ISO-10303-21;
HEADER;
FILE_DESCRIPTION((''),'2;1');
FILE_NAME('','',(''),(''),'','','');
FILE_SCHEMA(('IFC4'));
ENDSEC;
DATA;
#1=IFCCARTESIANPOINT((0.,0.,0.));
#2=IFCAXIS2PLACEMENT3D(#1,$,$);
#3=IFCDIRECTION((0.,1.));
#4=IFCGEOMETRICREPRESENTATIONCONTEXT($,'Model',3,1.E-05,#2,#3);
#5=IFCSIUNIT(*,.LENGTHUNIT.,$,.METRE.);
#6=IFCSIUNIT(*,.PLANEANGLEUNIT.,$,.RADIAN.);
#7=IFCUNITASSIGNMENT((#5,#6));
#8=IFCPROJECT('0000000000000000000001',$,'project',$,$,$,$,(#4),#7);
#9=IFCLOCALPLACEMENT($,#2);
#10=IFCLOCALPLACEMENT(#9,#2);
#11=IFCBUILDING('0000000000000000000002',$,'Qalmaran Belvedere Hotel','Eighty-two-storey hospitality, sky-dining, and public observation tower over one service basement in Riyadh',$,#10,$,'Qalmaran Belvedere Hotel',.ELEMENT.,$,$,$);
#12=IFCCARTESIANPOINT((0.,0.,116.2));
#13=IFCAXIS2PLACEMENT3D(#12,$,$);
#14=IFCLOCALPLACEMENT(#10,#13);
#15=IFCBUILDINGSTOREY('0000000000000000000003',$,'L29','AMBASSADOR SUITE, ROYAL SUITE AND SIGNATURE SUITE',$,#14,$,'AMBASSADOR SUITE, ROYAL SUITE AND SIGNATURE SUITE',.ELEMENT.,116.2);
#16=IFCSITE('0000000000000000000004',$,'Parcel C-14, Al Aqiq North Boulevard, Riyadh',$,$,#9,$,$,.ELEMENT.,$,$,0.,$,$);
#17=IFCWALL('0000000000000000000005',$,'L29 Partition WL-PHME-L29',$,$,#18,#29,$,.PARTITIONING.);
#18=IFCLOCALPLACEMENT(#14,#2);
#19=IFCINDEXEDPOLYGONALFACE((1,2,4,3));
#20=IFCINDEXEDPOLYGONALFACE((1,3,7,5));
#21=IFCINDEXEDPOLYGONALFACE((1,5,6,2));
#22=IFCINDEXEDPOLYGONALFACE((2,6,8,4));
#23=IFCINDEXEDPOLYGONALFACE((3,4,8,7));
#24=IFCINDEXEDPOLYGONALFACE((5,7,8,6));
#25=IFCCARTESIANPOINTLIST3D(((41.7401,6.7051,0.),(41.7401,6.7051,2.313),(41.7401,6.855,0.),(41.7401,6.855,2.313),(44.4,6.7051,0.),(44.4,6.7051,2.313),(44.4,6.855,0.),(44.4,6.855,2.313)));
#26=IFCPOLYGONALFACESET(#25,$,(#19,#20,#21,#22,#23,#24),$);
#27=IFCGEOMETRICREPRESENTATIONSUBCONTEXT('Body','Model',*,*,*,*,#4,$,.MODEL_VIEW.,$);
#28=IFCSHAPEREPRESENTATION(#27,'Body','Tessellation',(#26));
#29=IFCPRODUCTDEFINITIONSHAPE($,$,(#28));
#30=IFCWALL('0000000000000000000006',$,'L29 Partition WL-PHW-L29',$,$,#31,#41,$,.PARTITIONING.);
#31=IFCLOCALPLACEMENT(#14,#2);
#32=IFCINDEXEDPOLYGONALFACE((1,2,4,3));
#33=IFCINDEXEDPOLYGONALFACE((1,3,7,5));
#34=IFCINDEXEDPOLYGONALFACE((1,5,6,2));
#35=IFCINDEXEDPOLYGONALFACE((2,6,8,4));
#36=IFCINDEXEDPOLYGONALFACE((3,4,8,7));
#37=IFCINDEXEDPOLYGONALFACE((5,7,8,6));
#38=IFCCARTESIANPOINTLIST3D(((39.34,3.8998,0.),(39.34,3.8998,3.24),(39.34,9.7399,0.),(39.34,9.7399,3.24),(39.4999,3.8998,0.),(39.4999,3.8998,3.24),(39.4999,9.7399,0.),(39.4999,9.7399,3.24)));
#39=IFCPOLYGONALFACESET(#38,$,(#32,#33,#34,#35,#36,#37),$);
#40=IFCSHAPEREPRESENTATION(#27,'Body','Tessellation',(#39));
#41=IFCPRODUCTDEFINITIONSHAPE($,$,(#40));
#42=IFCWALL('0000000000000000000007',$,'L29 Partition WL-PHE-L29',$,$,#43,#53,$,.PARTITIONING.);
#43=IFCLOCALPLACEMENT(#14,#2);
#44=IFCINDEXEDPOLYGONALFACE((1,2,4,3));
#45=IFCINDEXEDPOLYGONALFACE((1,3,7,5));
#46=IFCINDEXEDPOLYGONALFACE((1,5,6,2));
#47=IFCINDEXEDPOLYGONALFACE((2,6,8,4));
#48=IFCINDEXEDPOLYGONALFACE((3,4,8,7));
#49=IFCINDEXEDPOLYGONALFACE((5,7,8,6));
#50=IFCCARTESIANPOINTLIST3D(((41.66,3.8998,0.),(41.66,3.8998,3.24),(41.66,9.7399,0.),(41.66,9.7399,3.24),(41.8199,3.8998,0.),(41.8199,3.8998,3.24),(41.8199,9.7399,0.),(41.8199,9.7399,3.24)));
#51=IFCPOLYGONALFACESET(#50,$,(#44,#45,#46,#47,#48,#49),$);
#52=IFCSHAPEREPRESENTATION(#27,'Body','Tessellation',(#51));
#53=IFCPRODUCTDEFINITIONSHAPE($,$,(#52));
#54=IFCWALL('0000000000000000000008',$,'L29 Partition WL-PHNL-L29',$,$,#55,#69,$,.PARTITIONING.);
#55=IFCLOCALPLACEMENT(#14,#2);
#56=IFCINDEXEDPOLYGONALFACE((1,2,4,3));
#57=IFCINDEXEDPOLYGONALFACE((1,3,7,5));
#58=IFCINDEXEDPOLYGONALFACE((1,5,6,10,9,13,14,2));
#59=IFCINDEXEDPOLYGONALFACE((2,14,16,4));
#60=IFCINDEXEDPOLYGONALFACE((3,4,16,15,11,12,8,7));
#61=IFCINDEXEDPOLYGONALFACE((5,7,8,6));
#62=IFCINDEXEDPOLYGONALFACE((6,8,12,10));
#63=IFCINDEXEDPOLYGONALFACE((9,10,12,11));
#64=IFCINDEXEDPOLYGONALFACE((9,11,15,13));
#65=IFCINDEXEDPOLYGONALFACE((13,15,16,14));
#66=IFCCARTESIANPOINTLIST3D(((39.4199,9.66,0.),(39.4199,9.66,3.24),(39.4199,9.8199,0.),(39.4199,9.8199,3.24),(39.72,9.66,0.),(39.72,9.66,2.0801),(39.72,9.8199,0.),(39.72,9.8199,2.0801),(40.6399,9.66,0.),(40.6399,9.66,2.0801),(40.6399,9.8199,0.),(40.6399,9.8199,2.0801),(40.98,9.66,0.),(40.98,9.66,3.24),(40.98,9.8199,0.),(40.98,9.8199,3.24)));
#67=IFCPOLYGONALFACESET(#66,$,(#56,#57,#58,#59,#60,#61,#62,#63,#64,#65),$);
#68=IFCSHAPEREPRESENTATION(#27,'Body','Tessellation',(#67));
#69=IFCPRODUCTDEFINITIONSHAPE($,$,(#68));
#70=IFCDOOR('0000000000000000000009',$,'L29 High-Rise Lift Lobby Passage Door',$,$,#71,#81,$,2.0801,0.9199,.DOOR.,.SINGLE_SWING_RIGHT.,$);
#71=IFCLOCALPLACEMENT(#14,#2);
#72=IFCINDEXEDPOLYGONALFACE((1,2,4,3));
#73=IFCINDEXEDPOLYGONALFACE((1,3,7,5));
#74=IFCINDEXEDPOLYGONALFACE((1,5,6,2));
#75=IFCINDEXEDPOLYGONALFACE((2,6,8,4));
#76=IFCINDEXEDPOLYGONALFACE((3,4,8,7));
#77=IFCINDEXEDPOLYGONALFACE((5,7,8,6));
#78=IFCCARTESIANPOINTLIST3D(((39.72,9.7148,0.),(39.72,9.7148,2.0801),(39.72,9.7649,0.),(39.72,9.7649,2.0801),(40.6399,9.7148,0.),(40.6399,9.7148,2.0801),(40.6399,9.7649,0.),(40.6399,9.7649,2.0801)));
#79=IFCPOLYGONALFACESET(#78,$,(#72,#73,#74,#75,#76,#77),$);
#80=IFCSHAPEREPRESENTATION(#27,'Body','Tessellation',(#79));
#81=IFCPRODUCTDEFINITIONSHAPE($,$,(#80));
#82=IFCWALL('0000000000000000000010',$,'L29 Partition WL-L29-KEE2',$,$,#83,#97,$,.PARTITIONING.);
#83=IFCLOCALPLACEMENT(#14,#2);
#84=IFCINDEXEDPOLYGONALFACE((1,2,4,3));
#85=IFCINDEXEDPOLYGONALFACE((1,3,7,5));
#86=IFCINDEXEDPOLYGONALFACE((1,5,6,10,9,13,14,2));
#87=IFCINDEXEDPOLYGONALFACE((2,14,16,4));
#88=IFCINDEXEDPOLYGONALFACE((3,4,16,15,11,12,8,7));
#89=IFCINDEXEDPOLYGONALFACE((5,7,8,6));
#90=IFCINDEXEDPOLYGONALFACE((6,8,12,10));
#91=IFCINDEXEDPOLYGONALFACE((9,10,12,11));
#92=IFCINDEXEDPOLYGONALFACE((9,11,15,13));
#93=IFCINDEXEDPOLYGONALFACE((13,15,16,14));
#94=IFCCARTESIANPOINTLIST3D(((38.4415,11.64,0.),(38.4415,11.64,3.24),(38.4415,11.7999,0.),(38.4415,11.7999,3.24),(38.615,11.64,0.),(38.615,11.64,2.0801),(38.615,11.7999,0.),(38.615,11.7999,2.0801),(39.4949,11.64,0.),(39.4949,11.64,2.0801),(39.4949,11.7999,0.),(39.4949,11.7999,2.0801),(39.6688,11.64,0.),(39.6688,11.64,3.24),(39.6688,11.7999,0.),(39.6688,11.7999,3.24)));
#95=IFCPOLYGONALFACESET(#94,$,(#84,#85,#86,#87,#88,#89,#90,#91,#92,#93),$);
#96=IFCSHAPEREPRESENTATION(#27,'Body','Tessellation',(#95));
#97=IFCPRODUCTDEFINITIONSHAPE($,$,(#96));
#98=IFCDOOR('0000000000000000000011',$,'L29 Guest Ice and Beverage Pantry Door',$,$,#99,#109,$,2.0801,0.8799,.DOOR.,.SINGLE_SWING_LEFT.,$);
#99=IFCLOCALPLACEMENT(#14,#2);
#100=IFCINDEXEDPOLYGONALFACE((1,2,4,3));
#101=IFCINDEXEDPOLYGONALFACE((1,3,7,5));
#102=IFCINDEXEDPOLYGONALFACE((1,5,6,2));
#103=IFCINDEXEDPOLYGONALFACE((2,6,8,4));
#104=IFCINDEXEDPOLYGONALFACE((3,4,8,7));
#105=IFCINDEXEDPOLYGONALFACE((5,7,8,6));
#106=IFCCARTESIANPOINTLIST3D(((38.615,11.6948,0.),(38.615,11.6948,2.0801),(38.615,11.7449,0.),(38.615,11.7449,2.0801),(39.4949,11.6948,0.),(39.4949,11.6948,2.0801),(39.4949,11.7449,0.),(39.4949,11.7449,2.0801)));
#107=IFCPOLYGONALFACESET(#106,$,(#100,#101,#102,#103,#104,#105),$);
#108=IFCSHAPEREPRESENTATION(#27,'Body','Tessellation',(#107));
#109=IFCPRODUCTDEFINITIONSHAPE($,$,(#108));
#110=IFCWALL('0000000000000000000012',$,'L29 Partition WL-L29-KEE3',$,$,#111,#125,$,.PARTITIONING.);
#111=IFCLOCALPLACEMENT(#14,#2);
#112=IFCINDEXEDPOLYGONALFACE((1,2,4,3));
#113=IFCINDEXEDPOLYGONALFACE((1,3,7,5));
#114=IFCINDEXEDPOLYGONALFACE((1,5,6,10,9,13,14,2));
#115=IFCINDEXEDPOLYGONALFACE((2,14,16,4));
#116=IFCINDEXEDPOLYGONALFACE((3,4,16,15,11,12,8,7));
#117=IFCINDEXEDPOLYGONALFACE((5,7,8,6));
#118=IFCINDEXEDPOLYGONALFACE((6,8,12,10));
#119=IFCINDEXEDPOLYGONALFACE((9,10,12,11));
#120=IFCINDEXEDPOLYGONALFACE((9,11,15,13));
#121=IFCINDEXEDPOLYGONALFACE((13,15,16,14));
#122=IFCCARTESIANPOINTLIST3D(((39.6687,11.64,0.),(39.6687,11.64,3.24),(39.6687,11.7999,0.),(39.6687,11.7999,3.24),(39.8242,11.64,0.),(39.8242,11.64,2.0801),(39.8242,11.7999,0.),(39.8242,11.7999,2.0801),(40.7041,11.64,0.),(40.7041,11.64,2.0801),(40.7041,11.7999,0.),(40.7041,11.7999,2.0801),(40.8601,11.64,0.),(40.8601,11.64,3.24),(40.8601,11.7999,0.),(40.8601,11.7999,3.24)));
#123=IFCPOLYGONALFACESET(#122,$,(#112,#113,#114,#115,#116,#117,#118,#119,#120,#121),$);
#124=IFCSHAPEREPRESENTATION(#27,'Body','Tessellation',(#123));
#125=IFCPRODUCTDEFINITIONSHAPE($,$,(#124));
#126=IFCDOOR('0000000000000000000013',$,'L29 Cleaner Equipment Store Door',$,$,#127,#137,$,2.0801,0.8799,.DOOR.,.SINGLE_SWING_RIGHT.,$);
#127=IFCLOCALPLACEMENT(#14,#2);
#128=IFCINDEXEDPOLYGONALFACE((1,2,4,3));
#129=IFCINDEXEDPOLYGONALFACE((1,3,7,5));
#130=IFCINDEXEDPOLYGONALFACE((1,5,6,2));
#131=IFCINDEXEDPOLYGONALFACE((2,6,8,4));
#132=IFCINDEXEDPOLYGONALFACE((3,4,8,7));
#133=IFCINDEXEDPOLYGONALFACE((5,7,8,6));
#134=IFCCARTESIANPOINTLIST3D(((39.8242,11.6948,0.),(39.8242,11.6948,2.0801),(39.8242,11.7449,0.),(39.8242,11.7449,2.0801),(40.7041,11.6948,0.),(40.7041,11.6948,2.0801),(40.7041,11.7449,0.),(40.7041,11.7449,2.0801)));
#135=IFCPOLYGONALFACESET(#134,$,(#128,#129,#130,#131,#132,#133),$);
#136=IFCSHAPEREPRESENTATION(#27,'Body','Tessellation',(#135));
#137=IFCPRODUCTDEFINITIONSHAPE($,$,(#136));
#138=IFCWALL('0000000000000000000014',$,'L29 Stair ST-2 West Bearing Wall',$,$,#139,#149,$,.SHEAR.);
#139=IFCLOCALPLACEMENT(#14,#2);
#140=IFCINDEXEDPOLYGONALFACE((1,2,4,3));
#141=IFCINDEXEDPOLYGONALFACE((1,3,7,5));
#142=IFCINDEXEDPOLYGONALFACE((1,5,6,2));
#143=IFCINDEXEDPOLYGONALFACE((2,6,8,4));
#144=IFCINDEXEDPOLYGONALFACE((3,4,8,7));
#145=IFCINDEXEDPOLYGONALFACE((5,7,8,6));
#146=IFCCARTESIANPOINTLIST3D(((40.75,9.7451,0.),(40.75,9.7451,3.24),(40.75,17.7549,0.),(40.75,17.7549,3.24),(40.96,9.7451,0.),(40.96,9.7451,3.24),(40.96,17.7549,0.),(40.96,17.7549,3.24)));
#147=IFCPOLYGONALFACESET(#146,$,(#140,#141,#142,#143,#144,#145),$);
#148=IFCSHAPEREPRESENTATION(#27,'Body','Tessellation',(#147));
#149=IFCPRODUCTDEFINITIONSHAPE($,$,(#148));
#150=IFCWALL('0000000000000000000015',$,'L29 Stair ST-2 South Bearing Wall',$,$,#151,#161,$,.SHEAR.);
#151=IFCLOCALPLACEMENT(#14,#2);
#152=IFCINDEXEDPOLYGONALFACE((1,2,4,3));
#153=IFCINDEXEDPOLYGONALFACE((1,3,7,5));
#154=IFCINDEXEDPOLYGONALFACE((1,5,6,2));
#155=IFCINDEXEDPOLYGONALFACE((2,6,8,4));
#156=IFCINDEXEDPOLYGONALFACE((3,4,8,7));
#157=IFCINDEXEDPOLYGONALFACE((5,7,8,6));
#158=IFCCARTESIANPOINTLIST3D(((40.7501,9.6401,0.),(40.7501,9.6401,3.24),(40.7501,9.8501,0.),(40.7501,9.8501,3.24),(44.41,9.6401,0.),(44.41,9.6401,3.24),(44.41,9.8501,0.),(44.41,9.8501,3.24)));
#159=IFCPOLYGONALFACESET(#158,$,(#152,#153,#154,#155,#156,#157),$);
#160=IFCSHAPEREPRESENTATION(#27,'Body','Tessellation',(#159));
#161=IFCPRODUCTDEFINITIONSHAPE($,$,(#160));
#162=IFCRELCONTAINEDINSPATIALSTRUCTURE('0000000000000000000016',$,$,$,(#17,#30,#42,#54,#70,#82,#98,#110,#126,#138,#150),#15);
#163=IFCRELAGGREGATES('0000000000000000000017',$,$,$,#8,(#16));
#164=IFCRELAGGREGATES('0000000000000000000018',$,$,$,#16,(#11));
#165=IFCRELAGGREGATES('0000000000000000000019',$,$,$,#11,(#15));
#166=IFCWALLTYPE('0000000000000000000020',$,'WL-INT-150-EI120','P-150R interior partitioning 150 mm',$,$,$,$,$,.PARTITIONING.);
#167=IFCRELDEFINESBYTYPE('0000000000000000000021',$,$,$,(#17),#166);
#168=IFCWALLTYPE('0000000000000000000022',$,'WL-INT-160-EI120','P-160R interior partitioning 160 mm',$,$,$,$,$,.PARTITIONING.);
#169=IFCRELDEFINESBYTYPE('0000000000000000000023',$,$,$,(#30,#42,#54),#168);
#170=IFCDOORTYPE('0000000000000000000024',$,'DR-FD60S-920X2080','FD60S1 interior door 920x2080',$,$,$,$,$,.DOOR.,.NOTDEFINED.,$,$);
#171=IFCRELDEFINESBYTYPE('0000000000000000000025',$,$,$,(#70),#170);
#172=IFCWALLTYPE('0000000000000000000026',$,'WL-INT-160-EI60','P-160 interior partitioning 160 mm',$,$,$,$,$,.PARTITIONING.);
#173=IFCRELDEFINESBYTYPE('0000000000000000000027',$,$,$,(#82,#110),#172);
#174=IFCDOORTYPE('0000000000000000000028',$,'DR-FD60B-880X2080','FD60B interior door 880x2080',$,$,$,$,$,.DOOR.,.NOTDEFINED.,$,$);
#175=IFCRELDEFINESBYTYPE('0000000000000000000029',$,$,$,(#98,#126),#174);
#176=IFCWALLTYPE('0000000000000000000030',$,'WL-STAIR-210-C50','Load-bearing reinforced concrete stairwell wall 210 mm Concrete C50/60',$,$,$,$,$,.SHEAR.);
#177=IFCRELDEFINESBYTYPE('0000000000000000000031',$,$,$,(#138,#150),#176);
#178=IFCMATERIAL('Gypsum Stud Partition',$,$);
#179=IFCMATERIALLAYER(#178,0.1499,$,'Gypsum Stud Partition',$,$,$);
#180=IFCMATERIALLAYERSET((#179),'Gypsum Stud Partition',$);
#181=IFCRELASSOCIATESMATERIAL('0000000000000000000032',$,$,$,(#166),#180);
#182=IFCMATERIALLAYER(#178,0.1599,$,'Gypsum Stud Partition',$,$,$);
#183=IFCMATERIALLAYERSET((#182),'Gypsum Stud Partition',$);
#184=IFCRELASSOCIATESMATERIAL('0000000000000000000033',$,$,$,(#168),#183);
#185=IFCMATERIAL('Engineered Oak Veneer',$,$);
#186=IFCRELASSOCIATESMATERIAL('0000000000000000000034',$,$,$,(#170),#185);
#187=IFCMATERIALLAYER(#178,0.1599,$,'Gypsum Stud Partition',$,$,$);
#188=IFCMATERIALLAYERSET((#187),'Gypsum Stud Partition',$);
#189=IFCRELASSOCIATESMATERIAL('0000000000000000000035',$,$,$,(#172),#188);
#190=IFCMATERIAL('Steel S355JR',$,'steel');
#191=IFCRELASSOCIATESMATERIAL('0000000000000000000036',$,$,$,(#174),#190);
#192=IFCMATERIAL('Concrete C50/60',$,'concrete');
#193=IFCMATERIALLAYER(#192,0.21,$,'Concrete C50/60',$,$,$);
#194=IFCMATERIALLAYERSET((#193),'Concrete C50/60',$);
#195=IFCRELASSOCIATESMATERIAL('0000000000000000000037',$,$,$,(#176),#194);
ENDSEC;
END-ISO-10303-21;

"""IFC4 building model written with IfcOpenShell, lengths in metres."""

from ifc_helpers import new_model, si_unit, direction, frame, frame_2d, origin, place, context, subcontext, project, spatial, rectangle, extrude, material, layer, layer_set, type_object, element, fill, save


model = new_model("IFC4")

# Units and contexts
model_context = context("Model", 3, precision=1e-05, world=origin(), true_north=direction((0.0, 1.0)))
body_context = subcontext(model_context, "Body", "Model", "MODEL_VIEW")
ifc_project = project(units=[si_unit("LENGTHUNIT", "METRE"), si_unit("PLANEANGLEUNIT", "RADIAN")], contexts=[model_context])

# Site, building, storey
site_placement = place(None, origin())
site = spatial("IfcSite", under=ifc_project, at=site_placement, Name="Parcel C-14, Al Aqiq North Boulevard, Riyadh", CompositionType="ELEMENT", RefElevation=0.0)
building_placement = place(site_placement, origin())
building = spatial("IfcBuilding", under=site, at=building_placement, Name="Qalmaran Belvedere Hotel", Description="Eighty-two-storey hospitality, sky-dining, and public observation tower over one service basement in Riyadh", LongName="Qalmaran Belvedere Hotel", CompositionType="ELEMENT")
storey_placement = place(building_placement, frame((0.0, 0.0, 116.2)))
storey = spatial("IfcBuildingStorey", under=building, at=storey_placement, Name="L29", Description="AMBASSADOR SUITE, ROYAL SUITE AND SIGNATURE SUITE", LongName="AMBASSADOR SUITE, ROYAL SUITE AND SIGNATURE SUITE", CompositionType="ELEMENT", Elevation=116.2)

# Walls
ifc_material_1 = material(Name="Gypsum Stud Partition")
ifc_layer_1 = layer(ifc_material_1, 0.1499, Name="Gypsum Stud Partition")
ifc_layer_set_1 = layer_set([ifc_layer_1], Name="Gypsum Stud Partition")
wall_type_1 = type_object("IfcWallType", Name="WL-INT-150-EI120", Description="P-150R interior partitioning 150 mm", PredefinedType="PARTITIONING", material=ifc_layer_set_1)
wall_1_placement = place(storey_placement, frame((41.74, 6.78, 0.0), z_axis=(0.0, 0.0, 1.0), x_axis=(1.0, 0.0, 0.0)))
element("IfcWall", 1, at=wall_1_placement, inside=storey, type_object=wall_type_1, Name="L29 Partition WL-PHME-L29", PredefinedType="PARTITIONING", context=body_context, shape_type="SweptSolid", body=[
    extrude(rectangle(XDim=2.6599, YDim=0.1499, at=frame_2d((1.3301, 0.0))), origin(), (0.0, 0.0, 1.0), 2.313),
])
ifc_layer_2 = layer(ifc_material_1, 0.1599, Name="Gypsum Stud Partition")
ifc_layer_set_2 = layer_set([ifc_layer_2], Name="Gypsum Stud Partition")
wall_type_2 = type_object("IfcWallType", Name="WL-INT-160-EI120", Description="P-160R interior partitioning 160 mm", PredefinedType="PARTITIONING", material=ifc_layer_set_2)
for number, where, z_axis, x_axis, name in (
    (2, (39.4199, 3.8999, 0.0), (0.0, 0.0, 1.0), (0.0, 1.0, 0.0), "L29 Partition WL-PHW-L29"),
    (3, (41.74, 3.8999, 0.0), (0.0, 0.0, 1.0), (0.0, 1.0, 0.0), "L29 Partition WL-PHE-L29"),
):
    element("IfcWall", number, at=place(storey_placement, frame(where, z_axis=z_axis, x_axis=x_axis)), inside=storey, type_object=wall_type_2, Name=name, PredefinedType="PARTITIONING", context=body_context, shape_type="SweptSolid", body=[
        extrude(rectangle(XDim=5.8401, YDim=0.1599, at=frame_2d((2.9199, 0.0))), origin(), (0.0, 0.0, 1.0), 3.24),
    ])

# Walls, openings, doors
wall_2_placement = place(storey_placement, frame((39.4199, 9.74, 0.0), z_axis=(0.0, 0.0, 1.0), x_axis=(1.0, 0.0, 0.0)))
wall_2 = element("IfcWall", 4, at=wall_2_placement, inside=storey, type_object=wall_type_2, Name="L29 Partition WL-PHNL-L29", PredefinedType="PARTITIONING", context=body_context, shape_type="SweptSolid", body=[
    extrude(rectangle(XDim=1.5601, YDim=0.1599, at=frame_2d((0.78, 0.0))), origin(), (0.0, 0.0, 1.0), 3.24),
])
opening_1_placement = place(wall_2_placement, frame((0.3, 0.0, 0.0)))
opening_1 = element("IfcOpeningElement", 5, at=opening_1_placement, cuts=wall_2, PredefinedType="OPENING", context=body_context, shape_type="SweptSolid", body=[
    extrude(rectangle(XDim=0.9199, YDim=2.0801, at=frame_2d((0.46, 1.04))), frame((0.0, 0.0898, 0.0), z_axis=(0.0, -1.0, 0.0), x_axis=(1.0, 0.0, 0.0)), (0.0, 0.0, 1.0), 0.1799),
])
ifc_material_2 = material(Name="Engineered Oak Veneer")
door_type_1 = type_object("IfcDoorType", Name="DR-FD60S-920X2080", Description="FD60S1 interior door 920x2080", OperationType="NOTDEFINED", PredefinedType="DOOR", material=ifc_material_2)
door_1_placement = place(opening_1_placement, origin())
door_1 = element("IfcDoor", 6, at=door_1_placement, inside=storey, type_object=door_type_1, Name="L29 High-Rise Lift Lobby Passage Door", OperationType="SINGLE_SWING_RIGHT", OverallHeight=2.0801, OverallWidth=0.9199, PredefinedType="DOOR", context=body_context, shape_type="SweptSolid", body=[
    extrude(rectangle(XDim=0.9199, YDim=2.0801, at=frame_2d((0.46, 1.04))), frame((0.0, 0.0249, 0.0), z_axis=(0.0, -1.0, 0.0), x_axis=(1.0, 0.0, 0.0)), (0.0, 0.0, 1.0), 0.05),
])
fill(opening_1, door_1)
ifc_layer_3 = layer(ifc_material_1, 0.1599, Name="Gypsum Stud Partition")
ifc_layer_set_3 = layer_set([ifc_layer_3], Name="Gypsum Stud Partition")
wall_type_3 = type_object("IfcWallType", Name="WL-INT-160-EI60", Description="P-160 interior partitioning 160 mm", PredefinedType="PARTITIONING", material=ifc_layer_set_3)
wall_3_placement = place(storey_placement, frame((38.4414, 11.72, 0.0), z_axis=(0.0, 0.0, 1.0), x_axis=(1.0, 0.0, 0.0)))
wall_3 = element("IfcWall", 7, at=wall_3_placement, inside=storey, type_object=wall_type_3, Name="L29 Partition WL-L29-KEE2", PredefinedType="PARTITIONING", context=body_context, shape_type="SweptSolid", body=[
    extrude(rectangle(XDim=1.2273, YDim=0.1599, at=frame_2d((0.6138, 0.0))), origin(), (0.0, 0.0, 1.0), 3.24),
])
opening_2_placement = place(wall_3_placement, frame((0.1736, 0.0, 0.0)))
opening_2 = element("IfcOpeningElement", 8, at=opening_2_placement, cuts=wall_3, PredefinedType="OPENING", context=body_context, shape_type="SweptSolid", body=[
    extrude(rectangle(XDim=0.8799, YDim=2.0801, at=frame_2d((0.4399, 1.04))), frame((0.0, 0.0898, 0.0), z_axis=(0.0, -1.0, 0.0), x_axis=(1.0, 0.0, 0.0)), (0.0, 0.0, 1.0), 0.1799),
])
ifc_material_3 = material(Name="Steel S355JR", Category="steel")
door_type_2 = type_object("IfcDoorType", Name="DR-FD60B-880X2080", Description="FD60B interior door 880x2080", OperationType="NOTDEFINED", PredefinedType="DOOR", material=ifc_material_3)
door_2_placement = place(opening_2_placement, origin())
door_2 = element("IfcDoor", 9, at=door_2_placement, inside=storey, type_object=door_type_2, Name="L29 Guest Ice and Beverage Pantry Door", OperationType="SINGLE_SWING_LEFT", OverallHeight=2.0801, OverallWidth=0.8799, PredefinedType="DOOR", context=body_context, shape_type="SweptSolid", body=[
    extrude(rectangle(XDim=0.8799, YDim=2.0801, at=frame_2d((0.4399, 1.04))), frame((0.0, 0.0249, 0.0), z_axis=(0.0, -1.0, 0.0), x_axis=(1.0, 0.0, 0.0)), (0.0, 0.0, 1.0), 0.05),
])
fill(opening_2, door_2)
wall_4_placement = place(storey_placement, frame((39.6687, 11.72, 0.0), z_axis=(0.0, 0.0, 1.0), x_axis=(1.0, 0.0, 0.0)))
wall_4 = element("IfcWall", 10, at=wall_4_placement, inside=storey, type_object=wall_type_3, Name="L29 Partition WL-L29-KEE3", PredefinedType="PARTITIONING", context=body_context, shape_type="SweptSolid", body=[
    extrude(rectangle(XDim=1.1914, YDim=0.1599, at=frame_2d((0.5957, 0.0))), origin(), (0.0, 0.0, 1.0), 3.24),
])
opening_3_placement = place(wall_4_placement, frame((0.1555, 0.0, 0.0)))
opening_3 = element("IfcOpeningElement", 11, at=opening_3_placement, cuts=wall_4, PredefinedType="OPENING", context=body_context, shape_type="SweptSolid", body=[
    extrude(rectangle(XDim=0.8799, YDim=2.0801, at=frame_2d((0.4399, 1.04))), frame((0.0, 0.0898, 0.0), z_axis=(0.0, -1.0, 0.0), x_axis=(1.0, 0.0, 0.0)), (0.0, 0.0, 1.0), 0.1799),
])
door_3_placement = place(opening_3_placement, origin())
door_3 = element("IfcDoor", 12, at=door_3_placement, inside=storey, type_object=door_type_2, Name="L29 Cleaner Equipment Store Door", OperationType="SINGLE_SWING_RIGHT", OverallHeight=2.0801, OverallWidth=0.8799, PredefinedType="DOOR", context=body_context, shape_type="SweptSolid", body=[
    extrude(rectangle(XDim=0.8799, YDim=2.0801, at=frame_2d((0.4399, 1.04))), frame((0.0, 0.0249, 0.0), z_axis=(0.0, -1.0, 0.0), x_axis=(1.0, 0.0, 0.0)), (0.0, 0.0, 1.0), 0.05),
])
fill(opening_3, door_3)

# Walls
ifc_material_4 = material(Name="Concrete C50/60", Category="concrete")
ifc_layer_4 = layer(ifc_material_4, 0.21, Name="Concrete C50/60")
ifc_layer_set_4 = layer_set([ifc_layer_4], Name="Concrete C50/60")
wall_type_4 = type_object("IfcWallType", Name="WL-STAIR-210-C50", Description="Load-bearing reinforced concrete stairwell wall 210 mm Concrete C50/60", PredefinedType="SHEAR", material=ifc_layer_set_4)
wall_5_placement = place(storey_placement, frame((40.855, 9.7451, 0.0), z_axis=(0.0, 0.0, 1.0), x_axis=(0.0, 1.0, 0.0)))
element("IfcWall", 13, at=wall_5_placement, inside=storey, type_object=wall_type_4, Name="L29 Stair ST-2 West Bearing Wall", PredefinedType="SHEAR", context=body_context, shape_type="SweptSolid", body=[
    extrude(rectangle(XDim=8.0098, YDim=0.21, at=frame_2d((4.0049, 0.0))), origin(), (0.0, 0.0, 1.0), 3.24),
])
wall_6_placement = place(storey_placement, frame((40.75, 9.7451, 0.0), z_axis=(0.0, 0.0, 1.0), x_axis=(1.0, 0.0, 0.0)))
element("IfcWall", 14, at=wall_6_placement, inside=storey, type_object=wall_type_4, Name="L29 Stair ST-2 South Bearing Wall", PredefinedType="SHEAR", context=body_context, shape_type="SweptSolid", body=[
    extrude(rectangle(XDim=3.6599, YDim=0.21, at=frame_2d((1.8301, 0.0))), origin(), (0.0, 0.0, 1.0), 3.24),
])

save(model, "model.ifc")
